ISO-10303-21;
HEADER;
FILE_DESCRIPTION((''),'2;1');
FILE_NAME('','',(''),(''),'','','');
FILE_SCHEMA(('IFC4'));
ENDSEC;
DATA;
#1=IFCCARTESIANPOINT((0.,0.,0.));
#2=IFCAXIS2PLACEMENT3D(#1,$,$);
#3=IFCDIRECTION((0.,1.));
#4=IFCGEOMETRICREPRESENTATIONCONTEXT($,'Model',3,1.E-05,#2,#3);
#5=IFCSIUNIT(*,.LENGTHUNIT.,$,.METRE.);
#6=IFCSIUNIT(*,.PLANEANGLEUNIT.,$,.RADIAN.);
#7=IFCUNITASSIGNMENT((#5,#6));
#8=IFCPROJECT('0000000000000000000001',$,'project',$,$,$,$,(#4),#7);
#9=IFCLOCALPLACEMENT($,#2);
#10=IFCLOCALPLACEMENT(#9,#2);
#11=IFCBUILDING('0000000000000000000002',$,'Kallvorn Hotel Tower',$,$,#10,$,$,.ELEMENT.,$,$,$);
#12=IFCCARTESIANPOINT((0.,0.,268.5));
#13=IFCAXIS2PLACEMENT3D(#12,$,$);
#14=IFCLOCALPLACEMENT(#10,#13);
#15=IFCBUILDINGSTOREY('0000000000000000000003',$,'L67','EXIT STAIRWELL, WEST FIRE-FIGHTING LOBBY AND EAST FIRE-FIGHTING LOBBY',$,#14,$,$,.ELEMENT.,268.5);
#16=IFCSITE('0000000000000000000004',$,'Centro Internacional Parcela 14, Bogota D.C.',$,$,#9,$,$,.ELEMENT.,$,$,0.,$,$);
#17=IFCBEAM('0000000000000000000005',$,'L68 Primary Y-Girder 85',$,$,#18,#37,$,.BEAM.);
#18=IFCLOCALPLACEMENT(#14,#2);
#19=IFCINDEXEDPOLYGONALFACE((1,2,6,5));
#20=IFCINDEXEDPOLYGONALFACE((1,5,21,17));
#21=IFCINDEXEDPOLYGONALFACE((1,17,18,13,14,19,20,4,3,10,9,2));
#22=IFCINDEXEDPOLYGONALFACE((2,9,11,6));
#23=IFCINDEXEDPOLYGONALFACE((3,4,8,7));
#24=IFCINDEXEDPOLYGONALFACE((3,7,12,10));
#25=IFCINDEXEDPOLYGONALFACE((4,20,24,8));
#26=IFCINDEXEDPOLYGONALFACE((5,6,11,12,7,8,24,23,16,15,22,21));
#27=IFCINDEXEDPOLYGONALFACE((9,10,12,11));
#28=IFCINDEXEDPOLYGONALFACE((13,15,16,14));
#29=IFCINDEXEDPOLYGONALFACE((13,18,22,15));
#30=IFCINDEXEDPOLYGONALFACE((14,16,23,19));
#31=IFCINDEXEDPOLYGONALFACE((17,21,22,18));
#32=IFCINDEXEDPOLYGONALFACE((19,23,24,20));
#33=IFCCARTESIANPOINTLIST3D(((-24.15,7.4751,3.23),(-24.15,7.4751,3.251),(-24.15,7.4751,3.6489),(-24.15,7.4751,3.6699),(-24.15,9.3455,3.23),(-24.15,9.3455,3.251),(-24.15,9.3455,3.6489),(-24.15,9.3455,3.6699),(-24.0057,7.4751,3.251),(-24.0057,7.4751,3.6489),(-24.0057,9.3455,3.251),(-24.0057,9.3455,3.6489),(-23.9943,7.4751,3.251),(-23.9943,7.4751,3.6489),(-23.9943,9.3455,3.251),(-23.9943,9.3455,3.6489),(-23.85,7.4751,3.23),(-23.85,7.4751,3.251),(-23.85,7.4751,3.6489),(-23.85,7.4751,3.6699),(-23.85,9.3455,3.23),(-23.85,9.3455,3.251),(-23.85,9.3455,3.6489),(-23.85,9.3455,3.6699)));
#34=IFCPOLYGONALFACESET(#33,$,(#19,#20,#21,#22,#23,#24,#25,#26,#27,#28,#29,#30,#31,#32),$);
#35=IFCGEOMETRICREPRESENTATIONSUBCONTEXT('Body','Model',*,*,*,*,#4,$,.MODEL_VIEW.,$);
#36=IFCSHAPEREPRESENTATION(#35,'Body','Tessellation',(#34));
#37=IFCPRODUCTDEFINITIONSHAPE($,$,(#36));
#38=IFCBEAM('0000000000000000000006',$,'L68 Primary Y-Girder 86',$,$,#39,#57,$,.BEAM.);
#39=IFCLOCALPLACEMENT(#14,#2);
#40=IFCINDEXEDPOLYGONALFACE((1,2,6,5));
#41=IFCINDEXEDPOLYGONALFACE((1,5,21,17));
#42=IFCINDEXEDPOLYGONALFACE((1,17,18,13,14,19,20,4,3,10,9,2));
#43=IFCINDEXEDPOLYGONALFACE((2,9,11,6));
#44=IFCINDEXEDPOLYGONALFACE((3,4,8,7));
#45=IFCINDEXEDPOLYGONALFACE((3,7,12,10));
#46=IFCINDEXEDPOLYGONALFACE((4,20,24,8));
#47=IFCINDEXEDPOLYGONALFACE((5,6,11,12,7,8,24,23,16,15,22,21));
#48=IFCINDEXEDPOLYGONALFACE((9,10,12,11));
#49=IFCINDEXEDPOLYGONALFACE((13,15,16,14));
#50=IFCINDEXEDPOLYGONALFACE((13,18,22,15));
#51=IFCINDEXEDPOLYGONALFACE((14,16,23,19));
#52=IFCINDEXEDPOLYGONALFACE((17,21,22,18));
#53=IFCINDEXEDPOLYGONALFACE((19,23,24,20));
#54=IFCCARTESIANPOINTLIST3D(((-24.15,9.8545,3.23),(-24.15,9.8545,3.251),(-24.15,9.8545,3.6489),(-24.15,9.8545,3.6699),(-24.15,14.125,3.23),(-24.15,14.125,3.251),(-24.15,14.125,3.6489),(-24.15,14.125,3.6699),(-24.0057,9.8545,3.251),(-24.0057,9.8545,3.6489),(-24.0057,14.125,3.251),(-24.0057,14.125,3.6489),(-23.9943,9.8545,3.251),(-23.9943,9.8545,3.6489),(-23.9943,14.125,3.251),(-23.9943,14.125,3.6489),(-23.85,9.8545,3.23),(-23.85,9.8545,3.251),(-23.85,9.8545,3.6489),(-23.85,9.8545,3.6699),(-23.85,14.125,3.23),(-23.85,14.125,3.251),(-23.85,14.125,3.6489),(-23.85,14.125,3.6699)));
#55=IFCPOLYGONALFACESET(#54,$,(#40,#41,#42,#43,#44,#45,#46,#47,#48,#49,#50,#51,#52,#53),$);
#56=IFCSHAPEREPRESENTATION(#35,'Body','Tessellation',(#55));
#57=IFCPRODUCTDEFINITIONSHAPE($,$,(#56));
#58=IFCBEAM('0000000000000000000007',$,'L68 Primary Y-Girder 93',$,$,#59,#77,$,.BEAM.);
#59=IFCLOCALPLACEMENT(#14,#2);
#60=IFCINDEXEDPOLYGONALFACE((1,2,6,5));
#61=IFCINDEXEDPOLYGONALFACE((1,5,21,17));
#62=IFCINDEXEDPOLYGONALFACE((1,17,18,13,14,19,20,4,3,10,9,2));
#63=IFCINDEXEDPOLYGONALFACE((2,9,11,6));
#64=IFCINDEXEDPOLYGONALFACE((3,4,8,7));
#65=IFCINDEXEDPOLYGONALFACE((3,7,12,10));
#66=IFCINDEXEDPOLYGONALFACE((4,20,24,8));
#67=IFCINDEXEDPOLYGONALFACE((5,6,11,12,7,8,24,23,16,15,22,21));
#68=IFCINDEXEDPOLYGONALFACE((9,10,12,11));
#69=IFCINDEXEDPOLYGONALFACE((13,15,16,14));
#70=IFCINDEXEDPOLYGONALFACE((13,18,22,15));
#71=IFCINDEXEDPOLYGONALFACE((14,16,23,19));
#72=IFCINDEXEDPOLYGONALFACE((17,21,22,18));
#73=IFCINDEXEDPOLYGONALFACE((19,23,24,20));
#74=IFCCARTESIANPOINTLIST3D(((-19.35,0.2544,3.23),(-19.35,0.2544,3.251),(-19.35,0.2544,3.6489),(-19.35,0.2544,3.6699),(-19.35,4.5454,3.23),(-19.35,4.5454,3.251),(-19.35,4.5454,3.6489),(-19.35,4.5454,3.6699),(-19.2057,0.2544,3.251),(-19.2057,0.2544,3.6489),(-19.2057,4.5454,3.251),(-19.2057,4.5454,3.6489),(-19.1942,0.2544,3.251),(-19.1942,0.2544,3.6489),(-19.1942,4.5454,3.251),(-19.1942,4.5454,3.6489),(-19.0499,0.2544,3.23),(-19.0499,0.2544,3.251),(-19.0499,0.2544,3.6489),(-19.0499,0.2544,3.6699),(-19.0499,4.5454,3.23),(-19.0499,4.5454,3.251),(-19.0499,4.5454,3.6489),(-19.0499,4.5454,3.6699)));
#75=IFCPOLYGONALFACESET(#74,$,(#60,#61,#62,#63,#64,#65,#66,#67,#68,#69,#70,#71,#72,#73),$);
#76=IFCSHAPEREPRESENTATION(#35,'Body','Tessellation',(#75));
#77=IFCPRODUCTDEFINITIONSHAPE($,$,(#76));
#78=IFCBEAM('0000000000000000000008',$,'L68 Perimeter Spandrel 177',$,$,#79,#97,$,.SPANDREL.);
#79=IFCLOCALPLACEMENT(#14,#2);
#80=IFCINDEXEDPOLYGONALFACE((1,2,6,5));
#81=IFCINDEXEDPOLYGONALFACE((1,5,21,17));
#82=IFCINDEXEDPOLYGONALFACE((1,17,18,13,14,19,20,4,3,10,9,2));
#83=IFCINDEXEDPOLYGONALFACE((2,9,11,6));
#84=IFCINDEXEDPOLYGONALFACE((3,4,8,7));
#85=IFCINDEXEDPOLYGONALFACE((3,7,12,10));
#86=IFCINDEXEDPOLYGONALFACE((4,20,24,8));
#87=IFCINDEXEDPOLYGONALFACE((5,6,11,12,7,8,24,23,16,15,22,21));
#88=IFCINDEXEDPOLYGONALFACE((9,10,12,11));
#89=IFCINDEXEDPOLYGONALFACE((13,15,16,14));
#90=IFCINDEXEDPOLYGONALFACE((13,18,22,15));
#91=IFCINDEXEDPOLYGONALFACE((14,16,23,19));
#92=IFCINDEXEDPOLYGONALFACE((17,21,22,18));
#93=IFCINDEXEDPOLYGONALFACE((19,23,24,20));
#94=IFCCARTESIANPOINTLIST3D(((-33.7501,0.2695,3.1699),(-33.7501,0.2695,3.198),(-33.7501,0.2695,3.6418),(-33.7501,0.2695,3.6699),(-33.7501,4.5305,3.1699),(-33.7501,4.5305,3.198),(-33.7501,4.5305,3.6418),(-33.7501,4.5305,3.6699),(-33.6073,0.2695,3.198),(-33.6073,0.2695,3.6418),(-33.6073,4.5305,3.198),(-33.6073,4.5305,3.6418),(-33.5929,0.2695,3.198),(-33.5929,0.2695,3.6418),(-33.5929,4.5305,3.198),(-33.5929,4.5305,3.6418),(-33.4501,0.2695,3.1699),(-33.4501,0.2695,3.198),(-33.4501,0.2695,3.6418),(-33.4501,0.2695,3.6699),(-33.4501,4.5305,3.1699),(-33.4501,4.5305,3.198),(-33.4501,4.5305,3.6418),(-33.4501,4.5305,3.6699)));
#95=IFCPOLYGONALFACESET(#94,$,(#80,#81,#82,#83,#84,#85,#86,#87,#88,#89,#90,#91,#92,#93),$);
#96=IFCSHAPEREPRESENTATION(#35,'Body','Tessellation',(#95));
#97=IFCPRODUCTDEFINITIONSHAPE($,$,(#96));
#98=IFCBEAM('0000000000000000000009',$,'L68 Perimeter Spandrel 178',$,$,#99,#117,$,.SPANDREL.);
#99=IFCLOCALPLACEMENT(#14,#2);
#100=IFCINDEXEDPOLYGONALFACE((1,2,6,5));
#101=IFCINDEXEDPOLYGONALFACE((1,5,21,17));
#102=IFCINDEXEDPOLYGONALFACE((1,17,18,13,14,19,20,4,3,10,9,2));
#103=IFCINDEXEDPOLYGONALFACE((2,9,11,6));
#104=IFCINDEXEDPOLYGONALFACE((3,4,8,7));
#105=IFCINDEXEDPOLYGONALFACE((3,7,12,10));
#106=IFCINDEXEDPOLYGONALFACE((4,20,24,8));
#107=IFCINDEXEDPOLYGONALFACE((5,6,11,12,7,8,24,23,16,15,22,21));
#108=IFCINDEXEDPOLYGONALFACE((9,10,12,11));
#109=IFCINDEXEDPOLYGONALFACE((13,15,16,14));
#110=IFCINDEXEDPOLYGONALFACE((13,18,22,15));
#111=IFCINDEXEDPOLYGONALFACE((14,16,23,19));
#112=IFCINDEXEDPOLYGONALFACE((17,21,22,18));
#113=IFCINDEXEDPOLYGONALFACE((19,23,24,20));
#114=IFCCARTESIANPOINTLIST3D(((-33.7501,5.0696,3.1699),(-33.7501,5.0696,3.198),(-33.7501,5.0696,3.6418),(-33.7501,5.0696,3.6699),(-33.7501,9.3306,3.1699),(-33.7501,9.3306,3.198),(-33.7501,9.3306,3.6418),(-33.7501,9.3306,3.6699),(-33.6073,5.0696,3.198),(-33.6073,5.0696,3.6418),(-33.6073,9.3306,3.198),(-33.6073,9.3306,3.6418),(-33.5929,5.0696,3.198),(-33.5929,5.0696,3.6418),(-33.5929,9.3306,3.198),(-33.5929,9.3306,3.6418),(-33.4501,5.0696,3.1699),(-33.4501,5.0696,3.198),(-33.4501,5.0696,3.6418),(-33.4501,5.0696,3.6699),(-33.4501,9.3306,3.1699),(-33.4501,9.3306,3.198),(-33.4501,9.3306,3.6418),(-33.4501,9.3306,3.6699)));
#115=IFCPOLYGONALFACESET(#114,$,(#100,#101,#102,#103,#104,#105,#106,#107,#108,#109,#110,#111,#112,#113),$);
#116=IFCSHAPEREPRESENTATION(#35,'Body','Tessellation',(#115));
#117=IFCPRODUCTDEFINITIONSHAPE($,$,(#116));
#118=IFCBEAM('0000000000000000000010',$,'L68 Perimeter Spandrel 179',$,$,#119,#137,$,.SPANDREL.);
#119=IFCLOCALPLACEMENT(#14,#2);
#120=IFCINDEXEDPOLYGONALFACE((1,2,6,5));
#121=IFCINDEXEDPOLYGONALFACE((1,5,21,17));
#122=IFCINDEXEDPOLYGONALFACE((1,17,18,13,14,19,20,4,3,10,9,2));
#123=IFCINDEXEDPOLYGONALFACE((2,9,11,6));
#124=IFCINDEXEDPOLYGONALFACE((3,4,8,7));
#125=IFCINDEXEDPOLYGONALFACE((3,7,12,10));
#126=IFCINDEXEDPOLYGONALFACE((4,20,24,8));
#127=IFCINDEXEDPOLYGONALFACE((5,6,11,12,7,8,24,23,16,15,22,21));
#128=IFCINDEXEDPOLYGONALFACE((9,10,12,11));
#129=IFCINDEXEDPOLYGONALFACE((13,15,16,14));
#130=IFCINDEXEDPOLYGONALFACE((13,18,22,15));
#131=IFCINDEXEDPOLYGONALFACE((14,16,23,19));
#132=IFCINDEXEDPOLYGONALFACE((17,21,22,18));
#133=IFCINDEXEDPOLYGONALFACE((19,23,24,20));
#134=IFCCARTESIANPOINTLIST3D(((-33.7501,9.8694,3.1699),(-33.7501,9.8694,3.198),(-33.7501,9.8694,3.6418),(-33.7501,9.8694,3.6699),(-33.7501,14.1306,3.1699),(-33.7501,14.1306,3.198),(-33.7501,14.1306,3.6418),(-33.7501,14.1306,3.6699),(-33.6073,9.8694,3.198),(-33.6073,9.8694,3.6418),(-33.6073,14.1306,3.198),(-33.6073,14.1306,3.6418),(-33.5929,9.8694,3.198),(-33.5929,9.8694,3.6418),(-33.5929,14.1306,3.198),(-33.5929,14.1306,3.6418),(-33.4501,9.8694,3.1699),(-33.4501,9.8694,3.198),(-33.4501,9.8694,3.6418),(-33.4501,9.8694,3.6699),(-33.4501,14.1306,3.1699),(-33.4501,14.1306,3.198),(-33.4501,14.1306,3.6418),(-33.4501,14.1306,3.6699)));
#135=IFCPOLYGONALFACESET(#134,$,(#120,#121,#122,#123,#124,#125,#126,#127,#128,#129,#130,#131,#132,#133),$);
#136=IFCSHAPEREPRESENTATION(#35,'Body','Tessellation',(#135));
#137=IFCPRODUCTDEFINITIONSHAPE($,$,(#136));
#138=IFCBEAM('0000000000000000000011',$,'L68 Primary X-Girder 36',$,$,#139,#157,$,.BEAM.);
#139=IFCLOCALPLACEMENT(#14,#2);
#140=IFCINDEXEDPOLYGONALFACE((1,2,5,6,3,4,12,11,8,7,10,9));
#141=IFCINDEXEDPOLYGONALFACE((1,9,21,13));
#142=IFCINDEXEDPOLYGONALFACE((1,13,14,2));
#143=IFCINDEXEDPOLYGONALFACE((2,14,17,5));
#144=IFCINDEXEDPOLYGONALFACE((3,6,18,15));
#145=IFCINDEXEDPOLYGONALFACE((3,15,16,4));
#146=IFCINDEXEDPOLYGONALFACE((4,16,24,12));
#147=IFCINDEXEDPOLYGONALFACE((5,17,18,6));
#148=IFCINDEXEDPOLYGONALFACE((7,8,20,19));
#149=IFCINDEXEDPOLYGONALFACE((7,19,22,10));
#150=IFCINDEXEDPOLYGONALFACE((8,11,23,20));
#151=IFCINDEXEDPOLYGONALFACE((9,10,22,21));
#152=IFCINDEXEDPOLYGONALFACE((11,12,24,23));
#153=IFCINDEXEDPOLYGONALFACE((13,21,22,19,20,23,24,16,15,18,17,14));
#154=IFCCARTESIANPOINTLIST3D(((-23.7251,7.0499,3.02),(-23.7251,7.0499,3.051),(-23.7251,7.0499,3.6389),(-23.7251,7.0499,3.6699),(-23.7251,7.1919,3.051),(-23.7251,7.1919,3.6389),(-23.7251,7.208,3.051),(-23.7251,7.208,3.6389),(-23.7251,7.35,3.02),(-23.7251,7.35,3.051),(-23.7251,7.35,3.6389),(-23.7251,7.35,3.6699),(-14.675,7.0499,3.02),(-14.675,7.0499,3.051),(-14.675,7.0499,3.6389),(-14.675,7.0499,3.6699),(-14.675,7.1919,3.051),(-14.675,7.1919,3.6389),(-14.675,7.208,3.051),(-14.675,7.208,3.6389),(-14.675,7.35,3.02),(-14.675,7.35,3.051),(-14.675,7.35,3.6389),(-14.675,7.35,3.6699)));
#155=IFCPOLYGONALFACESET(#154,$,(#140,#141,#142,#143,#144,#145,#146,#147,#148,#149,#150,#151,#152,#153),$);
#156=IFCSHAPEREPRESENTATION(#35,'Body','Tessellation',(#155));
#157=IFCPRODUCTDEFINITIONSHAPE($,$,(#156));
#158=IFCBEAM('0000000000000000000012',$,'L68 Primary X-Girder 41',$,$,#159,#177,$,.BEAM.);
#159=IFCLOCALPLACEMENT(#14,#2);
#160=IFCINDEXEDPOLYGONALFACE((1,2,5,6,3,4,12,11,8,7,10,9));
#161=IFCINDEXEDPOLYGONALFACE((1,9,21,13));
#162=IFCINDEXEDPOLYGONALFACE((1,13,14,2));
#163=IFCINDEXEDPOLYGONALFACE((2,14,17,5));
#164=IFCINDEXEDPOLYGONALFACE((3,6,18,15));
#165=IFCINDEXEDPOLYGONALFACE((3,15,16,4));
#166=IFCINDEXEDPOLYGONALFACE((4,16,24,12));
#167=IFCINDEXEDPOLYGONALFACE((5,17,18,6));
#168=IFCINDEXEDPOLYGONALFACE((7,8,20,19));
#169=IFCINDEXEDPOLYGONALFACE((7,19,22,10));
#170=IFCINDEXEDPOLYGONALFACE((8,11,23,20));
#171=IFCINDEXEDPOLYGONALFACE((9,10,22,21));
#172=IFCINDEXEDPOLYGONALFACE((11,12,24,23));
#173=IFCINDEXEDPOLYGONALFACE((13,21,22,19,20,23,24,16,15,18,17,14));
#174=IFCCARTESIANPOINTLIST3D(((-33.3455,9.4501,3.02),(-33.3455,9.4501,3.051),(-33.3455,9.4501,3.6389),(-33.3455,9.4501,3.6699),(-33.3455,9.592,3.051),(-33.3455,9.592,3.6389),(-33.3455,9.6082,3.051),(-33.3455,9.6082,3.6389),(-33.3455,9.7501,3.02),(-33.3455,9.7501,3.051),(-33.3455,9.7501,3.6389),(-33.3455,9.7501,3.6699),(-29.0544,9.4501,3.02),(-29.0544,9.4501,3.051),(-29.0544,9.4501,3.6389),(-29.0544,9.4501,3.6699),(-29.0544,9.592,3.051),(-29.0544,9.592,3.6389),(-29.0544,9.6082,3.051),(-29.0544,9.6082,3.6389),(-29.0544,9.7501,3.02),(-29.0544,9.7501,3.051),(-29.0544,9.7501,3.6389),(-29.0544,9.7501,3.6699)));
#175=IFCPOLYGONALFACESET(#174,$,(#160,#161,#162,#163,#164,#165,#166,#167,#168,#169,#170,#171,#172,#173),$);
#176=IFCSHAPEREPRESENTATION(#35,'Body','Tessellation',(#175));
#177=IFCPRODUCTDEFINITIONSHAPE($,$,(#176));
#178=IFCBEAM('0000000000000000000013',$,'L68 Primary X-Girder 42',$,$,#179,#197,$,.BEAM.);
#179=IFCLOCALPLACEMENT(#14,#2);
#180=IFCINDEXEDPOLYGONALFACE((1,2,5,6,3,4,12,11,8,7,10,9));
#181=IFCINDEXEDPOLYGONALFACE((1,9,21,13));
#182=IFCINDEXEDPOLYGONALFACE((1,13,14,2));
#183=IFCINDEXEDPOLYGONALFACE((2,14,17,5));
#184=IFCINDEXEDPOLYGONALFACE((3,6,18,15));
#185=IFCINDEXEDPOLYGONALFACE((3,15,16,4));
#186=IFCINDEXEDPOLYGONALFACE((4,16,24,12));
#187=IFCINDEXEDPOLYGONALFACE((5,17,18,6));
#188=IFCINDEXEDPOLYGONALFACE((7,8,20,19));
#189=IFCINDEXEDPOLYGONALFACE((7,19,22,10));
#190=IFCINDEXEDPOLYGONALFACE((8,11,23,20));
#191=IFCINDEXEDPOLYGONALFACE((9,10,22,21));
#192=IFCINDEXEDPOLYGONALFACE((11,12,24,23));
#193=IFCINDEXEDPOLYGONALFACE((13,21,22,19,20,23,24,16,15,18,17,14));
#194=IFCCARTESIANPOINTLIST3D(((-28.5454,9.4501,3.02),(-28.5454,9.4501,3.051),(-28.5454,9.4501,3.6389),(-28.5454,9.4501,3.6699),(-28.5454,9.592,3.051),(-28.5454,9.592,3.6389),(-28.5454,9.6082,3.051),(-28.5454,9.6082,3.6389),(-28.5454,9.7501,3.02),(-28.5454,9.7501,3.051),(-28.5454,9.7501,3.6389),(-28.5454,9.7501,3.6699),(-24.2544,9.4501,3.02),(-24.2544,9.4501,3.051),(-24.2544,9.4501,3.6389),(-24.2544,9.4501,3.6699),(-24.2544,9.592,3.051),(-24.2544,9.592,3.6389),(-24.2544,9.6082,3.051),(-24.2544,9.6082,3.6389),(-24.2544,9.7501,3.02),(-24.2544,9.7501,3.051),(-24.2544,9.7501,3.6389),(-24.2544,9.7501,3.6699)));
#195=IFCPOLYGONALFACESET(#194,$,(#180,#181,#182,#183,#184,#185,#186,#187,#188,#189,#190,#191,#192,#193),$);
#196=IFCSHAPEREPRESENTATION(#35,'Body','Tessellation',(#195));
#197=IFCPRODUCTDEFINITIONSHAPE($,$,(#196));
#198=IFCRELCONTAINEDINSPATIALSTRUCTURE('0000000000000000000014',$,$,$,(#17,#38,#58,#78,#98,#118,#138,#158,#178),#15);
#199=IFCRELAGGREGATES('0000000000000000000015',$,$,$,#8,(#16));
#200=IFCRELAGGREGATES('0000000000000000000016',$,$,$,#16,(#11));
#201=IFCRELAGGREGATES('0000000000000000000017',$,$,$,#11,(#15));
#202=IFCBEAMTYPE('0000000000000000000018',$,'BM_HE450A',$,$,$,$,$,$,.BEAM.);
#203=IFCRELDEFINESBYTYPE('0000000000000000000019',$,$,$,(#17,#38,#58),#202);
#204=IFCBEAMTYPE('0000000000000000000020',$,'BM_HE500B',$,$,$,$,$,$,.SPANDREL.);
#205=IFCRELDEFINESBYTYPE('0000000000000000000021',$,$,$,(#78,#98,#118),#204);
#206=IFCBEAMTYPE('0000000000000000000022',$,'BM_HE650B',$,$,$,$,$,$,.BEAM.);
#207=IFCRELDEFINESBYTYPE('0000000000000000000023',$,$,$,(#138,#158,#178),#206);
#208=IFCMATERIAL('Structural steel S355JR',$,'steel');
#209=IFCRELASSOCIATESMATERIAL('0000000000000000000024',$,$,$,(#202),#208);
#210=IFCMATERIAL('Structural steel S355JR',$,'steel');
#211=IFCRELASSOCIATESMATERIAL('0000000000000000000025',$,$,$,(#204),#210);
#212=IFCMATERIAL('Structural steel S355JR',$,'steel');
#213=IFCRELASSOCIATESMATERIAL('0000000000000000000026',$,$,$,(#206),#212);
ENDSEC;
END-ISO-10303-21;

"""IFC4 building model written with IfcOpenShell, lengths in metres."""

from ifc_helpers import new_model, si_unit, direction, frame, origin, origin_2d, place, context, subcontext, project, spatial, i_section, extrude, material, material_profile, profile_set, type_object, element, save


model = new_model("IFC4")

# Units and contexts
model_context = context("Model", 3, precision=1e-05, world=origin(), true_north=direction((0.0, 1.0)))
body_context = subcontext(model_context, "Body", "Model", "MODEL_VIEW")
ifc_project = project(units=[si_unit("LENGTHUNIT", "METRE"), si_unit("PLANEANGLEUNIT", "RADIAN")], contexts=[model_context])

# Site, building, storey
site_placement = place(None, origin())
site = spatial("IfcSite", under=ifc_project, at=site_placement, Name="Centro Internacional Parcela 14, Bogota D.C.", CompositionType="ELEMENT", RefElevation=0.0)
building_placement = place(site_placement, origin())
building = spatial("IfcBuilding", under=site, at=building_placement, Name="Kallvorn Hotel Tower", CompositionType="ELEMENT")
storey_placement = place(building_placement, frame((0.0, 0.0, 268.5)))
storey = spatial("IfcBuildingStorey", under=building, at=storey_placement, Name="L67", Description="EXIT STAIRWELL, WEST FIRE-FIGHTING LOBBY AND EAST FIRE-FIGHTING LOBBY", CompositionType="ELEMENT", Elevation=268.5)

# Beams
ifc_material_1 = material(Name="Structural steel S355JR", Category="steel")
ifc_material_profile_1 = material_profile(ifc_material_1, i_section(OverallWidth=0.3, OverallDepth=0.4399, WebThickness=0.0115, FlangeThickness=0.021, at=origin_2d()), Name="HE 450 A")
ifc_profile_set_1 = profile_set([ifc_material_profile_1], Name="Structural steel S355JR")
beam_type_1 = type_object("IfcBeamType", Name="BM_HE450A", PredefinedType="BEAM", material=ifc_profile_set_1)
beam_1_placement = place(storey_placement, frame((-24.0, 7.4751, 3.45), z_axis=(0.0, 1.0, 0.0), x_axis=(-1.0, 0.0, 0.0)))
element("IfcBeam", 1, at=beam_1_placement, inside=storey, type_object=beam_type_1, Name="L68 Primary Y-Girder 85", PredefinedType="BEAM", context=body_context, shape_type="SweptSolid", body=[
    extrude(i_section(OverallWidth=0.3, OverallDepth=0.4399, WebThickness=0.0115, FlangeThickness=0.021, at=origin_2d()), origin(), (0.0, 0.0, 1.0), 1.8704),
])
beam_2_placement = place(storey_placement, frame((-24.0, 9.8545, 3.45), z_axis=(0.0, 1.0, 0.0), x_axis=(-1.0, 0.0, 0.0)))
element("IfcBeam", 2, at=beam_2_placement, inside=storey, type_object=beam_type_1, Name="L68 Primary Y-Girder 86", PredefinedType="BEAM", context=body_context, shape_type="SweptSolid", body=[
    extrude(i_section(OverallWidth=0.3, OverallDepth=0.4399, WebThickness=0.0115, FlangeThickness=0.021, at=origin_2d()), origin(), (0.0, 0.0, 1.0), 4.2705),
])
beam_3_placement = place(storey_placement, frame((-19.2, 0.2544, 3.45), z_axis=(0.0, 1.0, 0.0), x_axis=(-1.0, 0.0, 0.0)))
element("IfcBeam", 3, at=beam_3_placement, inside=storey, type_object=beam_type_1, Name="L68 Primary Y-Girder 93", PredefinedType="BEAM", context=body_context, shape_type="SweptSolid", body=[
    extrude(i_section(OverallWidth=0.3, OverallDepth=0.4399, WebThickness=0.0115, FlangeThickness=0.021, at=origin_2d()), origin(), (0.0, 0.0, 1.0), 4.291),
])
ifc_material_2 = material(Name="Structural steel S355JR", Category="steel")
ifc_material_profile_2 = material_profile(ifc_material_2, i_section(OverallWidth=0.3, OverallDepth=0.5, WebThickness=0.0144, FlangeThickness=0.0281, at=origin_2d()), Name="HE 500 B")
ifc_profile_set_2 = profile_set([ifc_material_profile_2], Name="Structural steel S355JR")
beam_type_2 = type_object("IfcBeamType", Name="BM_HE500B", PredefinedType="SPANDREL", material=ifc_profile_set_2)
for number, where, z_axis, x_axis, name in (
    (4, (-33.6001, 0.2695, 3.4199), (0.0, 1.0, 0.0), (-1.0, 0.0, 0.0), "L68 Perimeter Spandrel 177"),
    (5, (-33.6001, 5.0696, 3.4199), (0.0, 1.0, 0.0), (-1.0, 0.0, 0.0), "L68 Perimeter Spandrel 178"),
):
    element("IfcBeam", number, at=place(storey_placement, frame(where, z_axis=z_axis, x_axis=x_axis)), inside=storey, type_object=beam_type_2, Name=name, PredefinedType="SPANDREL", context=body_context, shape_type="SweptSolid", body=[
        extrude(i_section(OverallWidth=0.3, OverallDepth=0.5, WebThickness=0.0144, FlangeThickness=0.0281, at=origin_2d()), origin(), (0.0, 0.0, 1.0), 4.261),
    ])
beam_4_placement = place(storey_placement, frame((-33.6001, 9.8694, 3.4199), z_axis=(0.0, 1.0, 0.0), x_axis=(-1.0, 0.0, 0.0)))
element("IfcBeam", 6, at=beam_4_placement, inside=storey, type_object=beam_type_2, Name="L68 Perimeter Spandrel 179", PredefinedType="SPANDREL", context=body_context, shape_type="SweptSolid", body=[
    extrude(i_section(OverallWidth=0.3, OverallDepth=0.5, WebThickness=0.0144, FlangeThickness=0.0281, at=origin_2d()), origin(), (0.0, 0.0, 1.0), 4.2612),
])
ifc_material_3 = material(Name="Structural steel S355JR", Category="steel")
ifc_material_profile_3 = material_profile(ifc_material_3, i_section(OverallWidth=0.3, OverallDepth=0.6499, WebThickness=0.0161, FlangeThickness=0.031, at=origin_2d()), Name="HE 650 B")
ifc_profile_set_3 = profile_set([ifc_material_profile_3], Name="Structural steel S355JR")
beam_type_3 = type_object("IfcBeamType", Name="BM_HE650B", PredefinedType="BEAM", material=ifc_profile_set_3)
beam_5_placement = place(storey_placement, frame((-23.7251, 7.2, 3.345), z_axis=(1.0, 0.0, 0.0), x_axis=(0.0, 1.0, 0.0)))
element("IfcBeam", 7, at=beam_5_placement, inside=storey, type_object=beam_type_3, Name="L68 Primary X-Girder 36", PredefinedType="BEAM", context=body_context, shape_type="SweptSolid", body=[
    extrude(i_section(OverallWidth=0.3, OverallDepth=0.6499, WebThickness=0.0161, FlangeThickness=0.031, at=origin_2d()), origin(), (0.0, 0.0, 1.0), 9.05),
])
for number, where, z_axis, x_axis, name in (
    (8, (-33.3455, 9.6001, 3.345), (1.0, 0.0, 0.0), (0.0, 1.0, 0.0), "L68 Primary X-Girder 41"),
    (9, (-28.5454, 9.6001, 3.345), (1.0, 0.0, 0.0), (0.0, 1.0, 0.0), "L68 Primary X-Girder 42"),
):
    element("IfcBeam", number, at=place(storey_placement, frame(where, z_axis=z_axis, x_axis=x_axis)), inside=storey, type_object=beam_type_3, Name=name, PredefinedType="BEAM", context=body_context, shape_type="SweptSolid", body=[
        extrude(i_section(OverallWidth=0.3, OverallDepth=0.6499, WebThickness=0.0161, FlangeThickness=0.031, at=origin_2d()), origin(), (0.0, 0.0, 1.0), 4.291),
    ])

save(model, "model.ifc")
